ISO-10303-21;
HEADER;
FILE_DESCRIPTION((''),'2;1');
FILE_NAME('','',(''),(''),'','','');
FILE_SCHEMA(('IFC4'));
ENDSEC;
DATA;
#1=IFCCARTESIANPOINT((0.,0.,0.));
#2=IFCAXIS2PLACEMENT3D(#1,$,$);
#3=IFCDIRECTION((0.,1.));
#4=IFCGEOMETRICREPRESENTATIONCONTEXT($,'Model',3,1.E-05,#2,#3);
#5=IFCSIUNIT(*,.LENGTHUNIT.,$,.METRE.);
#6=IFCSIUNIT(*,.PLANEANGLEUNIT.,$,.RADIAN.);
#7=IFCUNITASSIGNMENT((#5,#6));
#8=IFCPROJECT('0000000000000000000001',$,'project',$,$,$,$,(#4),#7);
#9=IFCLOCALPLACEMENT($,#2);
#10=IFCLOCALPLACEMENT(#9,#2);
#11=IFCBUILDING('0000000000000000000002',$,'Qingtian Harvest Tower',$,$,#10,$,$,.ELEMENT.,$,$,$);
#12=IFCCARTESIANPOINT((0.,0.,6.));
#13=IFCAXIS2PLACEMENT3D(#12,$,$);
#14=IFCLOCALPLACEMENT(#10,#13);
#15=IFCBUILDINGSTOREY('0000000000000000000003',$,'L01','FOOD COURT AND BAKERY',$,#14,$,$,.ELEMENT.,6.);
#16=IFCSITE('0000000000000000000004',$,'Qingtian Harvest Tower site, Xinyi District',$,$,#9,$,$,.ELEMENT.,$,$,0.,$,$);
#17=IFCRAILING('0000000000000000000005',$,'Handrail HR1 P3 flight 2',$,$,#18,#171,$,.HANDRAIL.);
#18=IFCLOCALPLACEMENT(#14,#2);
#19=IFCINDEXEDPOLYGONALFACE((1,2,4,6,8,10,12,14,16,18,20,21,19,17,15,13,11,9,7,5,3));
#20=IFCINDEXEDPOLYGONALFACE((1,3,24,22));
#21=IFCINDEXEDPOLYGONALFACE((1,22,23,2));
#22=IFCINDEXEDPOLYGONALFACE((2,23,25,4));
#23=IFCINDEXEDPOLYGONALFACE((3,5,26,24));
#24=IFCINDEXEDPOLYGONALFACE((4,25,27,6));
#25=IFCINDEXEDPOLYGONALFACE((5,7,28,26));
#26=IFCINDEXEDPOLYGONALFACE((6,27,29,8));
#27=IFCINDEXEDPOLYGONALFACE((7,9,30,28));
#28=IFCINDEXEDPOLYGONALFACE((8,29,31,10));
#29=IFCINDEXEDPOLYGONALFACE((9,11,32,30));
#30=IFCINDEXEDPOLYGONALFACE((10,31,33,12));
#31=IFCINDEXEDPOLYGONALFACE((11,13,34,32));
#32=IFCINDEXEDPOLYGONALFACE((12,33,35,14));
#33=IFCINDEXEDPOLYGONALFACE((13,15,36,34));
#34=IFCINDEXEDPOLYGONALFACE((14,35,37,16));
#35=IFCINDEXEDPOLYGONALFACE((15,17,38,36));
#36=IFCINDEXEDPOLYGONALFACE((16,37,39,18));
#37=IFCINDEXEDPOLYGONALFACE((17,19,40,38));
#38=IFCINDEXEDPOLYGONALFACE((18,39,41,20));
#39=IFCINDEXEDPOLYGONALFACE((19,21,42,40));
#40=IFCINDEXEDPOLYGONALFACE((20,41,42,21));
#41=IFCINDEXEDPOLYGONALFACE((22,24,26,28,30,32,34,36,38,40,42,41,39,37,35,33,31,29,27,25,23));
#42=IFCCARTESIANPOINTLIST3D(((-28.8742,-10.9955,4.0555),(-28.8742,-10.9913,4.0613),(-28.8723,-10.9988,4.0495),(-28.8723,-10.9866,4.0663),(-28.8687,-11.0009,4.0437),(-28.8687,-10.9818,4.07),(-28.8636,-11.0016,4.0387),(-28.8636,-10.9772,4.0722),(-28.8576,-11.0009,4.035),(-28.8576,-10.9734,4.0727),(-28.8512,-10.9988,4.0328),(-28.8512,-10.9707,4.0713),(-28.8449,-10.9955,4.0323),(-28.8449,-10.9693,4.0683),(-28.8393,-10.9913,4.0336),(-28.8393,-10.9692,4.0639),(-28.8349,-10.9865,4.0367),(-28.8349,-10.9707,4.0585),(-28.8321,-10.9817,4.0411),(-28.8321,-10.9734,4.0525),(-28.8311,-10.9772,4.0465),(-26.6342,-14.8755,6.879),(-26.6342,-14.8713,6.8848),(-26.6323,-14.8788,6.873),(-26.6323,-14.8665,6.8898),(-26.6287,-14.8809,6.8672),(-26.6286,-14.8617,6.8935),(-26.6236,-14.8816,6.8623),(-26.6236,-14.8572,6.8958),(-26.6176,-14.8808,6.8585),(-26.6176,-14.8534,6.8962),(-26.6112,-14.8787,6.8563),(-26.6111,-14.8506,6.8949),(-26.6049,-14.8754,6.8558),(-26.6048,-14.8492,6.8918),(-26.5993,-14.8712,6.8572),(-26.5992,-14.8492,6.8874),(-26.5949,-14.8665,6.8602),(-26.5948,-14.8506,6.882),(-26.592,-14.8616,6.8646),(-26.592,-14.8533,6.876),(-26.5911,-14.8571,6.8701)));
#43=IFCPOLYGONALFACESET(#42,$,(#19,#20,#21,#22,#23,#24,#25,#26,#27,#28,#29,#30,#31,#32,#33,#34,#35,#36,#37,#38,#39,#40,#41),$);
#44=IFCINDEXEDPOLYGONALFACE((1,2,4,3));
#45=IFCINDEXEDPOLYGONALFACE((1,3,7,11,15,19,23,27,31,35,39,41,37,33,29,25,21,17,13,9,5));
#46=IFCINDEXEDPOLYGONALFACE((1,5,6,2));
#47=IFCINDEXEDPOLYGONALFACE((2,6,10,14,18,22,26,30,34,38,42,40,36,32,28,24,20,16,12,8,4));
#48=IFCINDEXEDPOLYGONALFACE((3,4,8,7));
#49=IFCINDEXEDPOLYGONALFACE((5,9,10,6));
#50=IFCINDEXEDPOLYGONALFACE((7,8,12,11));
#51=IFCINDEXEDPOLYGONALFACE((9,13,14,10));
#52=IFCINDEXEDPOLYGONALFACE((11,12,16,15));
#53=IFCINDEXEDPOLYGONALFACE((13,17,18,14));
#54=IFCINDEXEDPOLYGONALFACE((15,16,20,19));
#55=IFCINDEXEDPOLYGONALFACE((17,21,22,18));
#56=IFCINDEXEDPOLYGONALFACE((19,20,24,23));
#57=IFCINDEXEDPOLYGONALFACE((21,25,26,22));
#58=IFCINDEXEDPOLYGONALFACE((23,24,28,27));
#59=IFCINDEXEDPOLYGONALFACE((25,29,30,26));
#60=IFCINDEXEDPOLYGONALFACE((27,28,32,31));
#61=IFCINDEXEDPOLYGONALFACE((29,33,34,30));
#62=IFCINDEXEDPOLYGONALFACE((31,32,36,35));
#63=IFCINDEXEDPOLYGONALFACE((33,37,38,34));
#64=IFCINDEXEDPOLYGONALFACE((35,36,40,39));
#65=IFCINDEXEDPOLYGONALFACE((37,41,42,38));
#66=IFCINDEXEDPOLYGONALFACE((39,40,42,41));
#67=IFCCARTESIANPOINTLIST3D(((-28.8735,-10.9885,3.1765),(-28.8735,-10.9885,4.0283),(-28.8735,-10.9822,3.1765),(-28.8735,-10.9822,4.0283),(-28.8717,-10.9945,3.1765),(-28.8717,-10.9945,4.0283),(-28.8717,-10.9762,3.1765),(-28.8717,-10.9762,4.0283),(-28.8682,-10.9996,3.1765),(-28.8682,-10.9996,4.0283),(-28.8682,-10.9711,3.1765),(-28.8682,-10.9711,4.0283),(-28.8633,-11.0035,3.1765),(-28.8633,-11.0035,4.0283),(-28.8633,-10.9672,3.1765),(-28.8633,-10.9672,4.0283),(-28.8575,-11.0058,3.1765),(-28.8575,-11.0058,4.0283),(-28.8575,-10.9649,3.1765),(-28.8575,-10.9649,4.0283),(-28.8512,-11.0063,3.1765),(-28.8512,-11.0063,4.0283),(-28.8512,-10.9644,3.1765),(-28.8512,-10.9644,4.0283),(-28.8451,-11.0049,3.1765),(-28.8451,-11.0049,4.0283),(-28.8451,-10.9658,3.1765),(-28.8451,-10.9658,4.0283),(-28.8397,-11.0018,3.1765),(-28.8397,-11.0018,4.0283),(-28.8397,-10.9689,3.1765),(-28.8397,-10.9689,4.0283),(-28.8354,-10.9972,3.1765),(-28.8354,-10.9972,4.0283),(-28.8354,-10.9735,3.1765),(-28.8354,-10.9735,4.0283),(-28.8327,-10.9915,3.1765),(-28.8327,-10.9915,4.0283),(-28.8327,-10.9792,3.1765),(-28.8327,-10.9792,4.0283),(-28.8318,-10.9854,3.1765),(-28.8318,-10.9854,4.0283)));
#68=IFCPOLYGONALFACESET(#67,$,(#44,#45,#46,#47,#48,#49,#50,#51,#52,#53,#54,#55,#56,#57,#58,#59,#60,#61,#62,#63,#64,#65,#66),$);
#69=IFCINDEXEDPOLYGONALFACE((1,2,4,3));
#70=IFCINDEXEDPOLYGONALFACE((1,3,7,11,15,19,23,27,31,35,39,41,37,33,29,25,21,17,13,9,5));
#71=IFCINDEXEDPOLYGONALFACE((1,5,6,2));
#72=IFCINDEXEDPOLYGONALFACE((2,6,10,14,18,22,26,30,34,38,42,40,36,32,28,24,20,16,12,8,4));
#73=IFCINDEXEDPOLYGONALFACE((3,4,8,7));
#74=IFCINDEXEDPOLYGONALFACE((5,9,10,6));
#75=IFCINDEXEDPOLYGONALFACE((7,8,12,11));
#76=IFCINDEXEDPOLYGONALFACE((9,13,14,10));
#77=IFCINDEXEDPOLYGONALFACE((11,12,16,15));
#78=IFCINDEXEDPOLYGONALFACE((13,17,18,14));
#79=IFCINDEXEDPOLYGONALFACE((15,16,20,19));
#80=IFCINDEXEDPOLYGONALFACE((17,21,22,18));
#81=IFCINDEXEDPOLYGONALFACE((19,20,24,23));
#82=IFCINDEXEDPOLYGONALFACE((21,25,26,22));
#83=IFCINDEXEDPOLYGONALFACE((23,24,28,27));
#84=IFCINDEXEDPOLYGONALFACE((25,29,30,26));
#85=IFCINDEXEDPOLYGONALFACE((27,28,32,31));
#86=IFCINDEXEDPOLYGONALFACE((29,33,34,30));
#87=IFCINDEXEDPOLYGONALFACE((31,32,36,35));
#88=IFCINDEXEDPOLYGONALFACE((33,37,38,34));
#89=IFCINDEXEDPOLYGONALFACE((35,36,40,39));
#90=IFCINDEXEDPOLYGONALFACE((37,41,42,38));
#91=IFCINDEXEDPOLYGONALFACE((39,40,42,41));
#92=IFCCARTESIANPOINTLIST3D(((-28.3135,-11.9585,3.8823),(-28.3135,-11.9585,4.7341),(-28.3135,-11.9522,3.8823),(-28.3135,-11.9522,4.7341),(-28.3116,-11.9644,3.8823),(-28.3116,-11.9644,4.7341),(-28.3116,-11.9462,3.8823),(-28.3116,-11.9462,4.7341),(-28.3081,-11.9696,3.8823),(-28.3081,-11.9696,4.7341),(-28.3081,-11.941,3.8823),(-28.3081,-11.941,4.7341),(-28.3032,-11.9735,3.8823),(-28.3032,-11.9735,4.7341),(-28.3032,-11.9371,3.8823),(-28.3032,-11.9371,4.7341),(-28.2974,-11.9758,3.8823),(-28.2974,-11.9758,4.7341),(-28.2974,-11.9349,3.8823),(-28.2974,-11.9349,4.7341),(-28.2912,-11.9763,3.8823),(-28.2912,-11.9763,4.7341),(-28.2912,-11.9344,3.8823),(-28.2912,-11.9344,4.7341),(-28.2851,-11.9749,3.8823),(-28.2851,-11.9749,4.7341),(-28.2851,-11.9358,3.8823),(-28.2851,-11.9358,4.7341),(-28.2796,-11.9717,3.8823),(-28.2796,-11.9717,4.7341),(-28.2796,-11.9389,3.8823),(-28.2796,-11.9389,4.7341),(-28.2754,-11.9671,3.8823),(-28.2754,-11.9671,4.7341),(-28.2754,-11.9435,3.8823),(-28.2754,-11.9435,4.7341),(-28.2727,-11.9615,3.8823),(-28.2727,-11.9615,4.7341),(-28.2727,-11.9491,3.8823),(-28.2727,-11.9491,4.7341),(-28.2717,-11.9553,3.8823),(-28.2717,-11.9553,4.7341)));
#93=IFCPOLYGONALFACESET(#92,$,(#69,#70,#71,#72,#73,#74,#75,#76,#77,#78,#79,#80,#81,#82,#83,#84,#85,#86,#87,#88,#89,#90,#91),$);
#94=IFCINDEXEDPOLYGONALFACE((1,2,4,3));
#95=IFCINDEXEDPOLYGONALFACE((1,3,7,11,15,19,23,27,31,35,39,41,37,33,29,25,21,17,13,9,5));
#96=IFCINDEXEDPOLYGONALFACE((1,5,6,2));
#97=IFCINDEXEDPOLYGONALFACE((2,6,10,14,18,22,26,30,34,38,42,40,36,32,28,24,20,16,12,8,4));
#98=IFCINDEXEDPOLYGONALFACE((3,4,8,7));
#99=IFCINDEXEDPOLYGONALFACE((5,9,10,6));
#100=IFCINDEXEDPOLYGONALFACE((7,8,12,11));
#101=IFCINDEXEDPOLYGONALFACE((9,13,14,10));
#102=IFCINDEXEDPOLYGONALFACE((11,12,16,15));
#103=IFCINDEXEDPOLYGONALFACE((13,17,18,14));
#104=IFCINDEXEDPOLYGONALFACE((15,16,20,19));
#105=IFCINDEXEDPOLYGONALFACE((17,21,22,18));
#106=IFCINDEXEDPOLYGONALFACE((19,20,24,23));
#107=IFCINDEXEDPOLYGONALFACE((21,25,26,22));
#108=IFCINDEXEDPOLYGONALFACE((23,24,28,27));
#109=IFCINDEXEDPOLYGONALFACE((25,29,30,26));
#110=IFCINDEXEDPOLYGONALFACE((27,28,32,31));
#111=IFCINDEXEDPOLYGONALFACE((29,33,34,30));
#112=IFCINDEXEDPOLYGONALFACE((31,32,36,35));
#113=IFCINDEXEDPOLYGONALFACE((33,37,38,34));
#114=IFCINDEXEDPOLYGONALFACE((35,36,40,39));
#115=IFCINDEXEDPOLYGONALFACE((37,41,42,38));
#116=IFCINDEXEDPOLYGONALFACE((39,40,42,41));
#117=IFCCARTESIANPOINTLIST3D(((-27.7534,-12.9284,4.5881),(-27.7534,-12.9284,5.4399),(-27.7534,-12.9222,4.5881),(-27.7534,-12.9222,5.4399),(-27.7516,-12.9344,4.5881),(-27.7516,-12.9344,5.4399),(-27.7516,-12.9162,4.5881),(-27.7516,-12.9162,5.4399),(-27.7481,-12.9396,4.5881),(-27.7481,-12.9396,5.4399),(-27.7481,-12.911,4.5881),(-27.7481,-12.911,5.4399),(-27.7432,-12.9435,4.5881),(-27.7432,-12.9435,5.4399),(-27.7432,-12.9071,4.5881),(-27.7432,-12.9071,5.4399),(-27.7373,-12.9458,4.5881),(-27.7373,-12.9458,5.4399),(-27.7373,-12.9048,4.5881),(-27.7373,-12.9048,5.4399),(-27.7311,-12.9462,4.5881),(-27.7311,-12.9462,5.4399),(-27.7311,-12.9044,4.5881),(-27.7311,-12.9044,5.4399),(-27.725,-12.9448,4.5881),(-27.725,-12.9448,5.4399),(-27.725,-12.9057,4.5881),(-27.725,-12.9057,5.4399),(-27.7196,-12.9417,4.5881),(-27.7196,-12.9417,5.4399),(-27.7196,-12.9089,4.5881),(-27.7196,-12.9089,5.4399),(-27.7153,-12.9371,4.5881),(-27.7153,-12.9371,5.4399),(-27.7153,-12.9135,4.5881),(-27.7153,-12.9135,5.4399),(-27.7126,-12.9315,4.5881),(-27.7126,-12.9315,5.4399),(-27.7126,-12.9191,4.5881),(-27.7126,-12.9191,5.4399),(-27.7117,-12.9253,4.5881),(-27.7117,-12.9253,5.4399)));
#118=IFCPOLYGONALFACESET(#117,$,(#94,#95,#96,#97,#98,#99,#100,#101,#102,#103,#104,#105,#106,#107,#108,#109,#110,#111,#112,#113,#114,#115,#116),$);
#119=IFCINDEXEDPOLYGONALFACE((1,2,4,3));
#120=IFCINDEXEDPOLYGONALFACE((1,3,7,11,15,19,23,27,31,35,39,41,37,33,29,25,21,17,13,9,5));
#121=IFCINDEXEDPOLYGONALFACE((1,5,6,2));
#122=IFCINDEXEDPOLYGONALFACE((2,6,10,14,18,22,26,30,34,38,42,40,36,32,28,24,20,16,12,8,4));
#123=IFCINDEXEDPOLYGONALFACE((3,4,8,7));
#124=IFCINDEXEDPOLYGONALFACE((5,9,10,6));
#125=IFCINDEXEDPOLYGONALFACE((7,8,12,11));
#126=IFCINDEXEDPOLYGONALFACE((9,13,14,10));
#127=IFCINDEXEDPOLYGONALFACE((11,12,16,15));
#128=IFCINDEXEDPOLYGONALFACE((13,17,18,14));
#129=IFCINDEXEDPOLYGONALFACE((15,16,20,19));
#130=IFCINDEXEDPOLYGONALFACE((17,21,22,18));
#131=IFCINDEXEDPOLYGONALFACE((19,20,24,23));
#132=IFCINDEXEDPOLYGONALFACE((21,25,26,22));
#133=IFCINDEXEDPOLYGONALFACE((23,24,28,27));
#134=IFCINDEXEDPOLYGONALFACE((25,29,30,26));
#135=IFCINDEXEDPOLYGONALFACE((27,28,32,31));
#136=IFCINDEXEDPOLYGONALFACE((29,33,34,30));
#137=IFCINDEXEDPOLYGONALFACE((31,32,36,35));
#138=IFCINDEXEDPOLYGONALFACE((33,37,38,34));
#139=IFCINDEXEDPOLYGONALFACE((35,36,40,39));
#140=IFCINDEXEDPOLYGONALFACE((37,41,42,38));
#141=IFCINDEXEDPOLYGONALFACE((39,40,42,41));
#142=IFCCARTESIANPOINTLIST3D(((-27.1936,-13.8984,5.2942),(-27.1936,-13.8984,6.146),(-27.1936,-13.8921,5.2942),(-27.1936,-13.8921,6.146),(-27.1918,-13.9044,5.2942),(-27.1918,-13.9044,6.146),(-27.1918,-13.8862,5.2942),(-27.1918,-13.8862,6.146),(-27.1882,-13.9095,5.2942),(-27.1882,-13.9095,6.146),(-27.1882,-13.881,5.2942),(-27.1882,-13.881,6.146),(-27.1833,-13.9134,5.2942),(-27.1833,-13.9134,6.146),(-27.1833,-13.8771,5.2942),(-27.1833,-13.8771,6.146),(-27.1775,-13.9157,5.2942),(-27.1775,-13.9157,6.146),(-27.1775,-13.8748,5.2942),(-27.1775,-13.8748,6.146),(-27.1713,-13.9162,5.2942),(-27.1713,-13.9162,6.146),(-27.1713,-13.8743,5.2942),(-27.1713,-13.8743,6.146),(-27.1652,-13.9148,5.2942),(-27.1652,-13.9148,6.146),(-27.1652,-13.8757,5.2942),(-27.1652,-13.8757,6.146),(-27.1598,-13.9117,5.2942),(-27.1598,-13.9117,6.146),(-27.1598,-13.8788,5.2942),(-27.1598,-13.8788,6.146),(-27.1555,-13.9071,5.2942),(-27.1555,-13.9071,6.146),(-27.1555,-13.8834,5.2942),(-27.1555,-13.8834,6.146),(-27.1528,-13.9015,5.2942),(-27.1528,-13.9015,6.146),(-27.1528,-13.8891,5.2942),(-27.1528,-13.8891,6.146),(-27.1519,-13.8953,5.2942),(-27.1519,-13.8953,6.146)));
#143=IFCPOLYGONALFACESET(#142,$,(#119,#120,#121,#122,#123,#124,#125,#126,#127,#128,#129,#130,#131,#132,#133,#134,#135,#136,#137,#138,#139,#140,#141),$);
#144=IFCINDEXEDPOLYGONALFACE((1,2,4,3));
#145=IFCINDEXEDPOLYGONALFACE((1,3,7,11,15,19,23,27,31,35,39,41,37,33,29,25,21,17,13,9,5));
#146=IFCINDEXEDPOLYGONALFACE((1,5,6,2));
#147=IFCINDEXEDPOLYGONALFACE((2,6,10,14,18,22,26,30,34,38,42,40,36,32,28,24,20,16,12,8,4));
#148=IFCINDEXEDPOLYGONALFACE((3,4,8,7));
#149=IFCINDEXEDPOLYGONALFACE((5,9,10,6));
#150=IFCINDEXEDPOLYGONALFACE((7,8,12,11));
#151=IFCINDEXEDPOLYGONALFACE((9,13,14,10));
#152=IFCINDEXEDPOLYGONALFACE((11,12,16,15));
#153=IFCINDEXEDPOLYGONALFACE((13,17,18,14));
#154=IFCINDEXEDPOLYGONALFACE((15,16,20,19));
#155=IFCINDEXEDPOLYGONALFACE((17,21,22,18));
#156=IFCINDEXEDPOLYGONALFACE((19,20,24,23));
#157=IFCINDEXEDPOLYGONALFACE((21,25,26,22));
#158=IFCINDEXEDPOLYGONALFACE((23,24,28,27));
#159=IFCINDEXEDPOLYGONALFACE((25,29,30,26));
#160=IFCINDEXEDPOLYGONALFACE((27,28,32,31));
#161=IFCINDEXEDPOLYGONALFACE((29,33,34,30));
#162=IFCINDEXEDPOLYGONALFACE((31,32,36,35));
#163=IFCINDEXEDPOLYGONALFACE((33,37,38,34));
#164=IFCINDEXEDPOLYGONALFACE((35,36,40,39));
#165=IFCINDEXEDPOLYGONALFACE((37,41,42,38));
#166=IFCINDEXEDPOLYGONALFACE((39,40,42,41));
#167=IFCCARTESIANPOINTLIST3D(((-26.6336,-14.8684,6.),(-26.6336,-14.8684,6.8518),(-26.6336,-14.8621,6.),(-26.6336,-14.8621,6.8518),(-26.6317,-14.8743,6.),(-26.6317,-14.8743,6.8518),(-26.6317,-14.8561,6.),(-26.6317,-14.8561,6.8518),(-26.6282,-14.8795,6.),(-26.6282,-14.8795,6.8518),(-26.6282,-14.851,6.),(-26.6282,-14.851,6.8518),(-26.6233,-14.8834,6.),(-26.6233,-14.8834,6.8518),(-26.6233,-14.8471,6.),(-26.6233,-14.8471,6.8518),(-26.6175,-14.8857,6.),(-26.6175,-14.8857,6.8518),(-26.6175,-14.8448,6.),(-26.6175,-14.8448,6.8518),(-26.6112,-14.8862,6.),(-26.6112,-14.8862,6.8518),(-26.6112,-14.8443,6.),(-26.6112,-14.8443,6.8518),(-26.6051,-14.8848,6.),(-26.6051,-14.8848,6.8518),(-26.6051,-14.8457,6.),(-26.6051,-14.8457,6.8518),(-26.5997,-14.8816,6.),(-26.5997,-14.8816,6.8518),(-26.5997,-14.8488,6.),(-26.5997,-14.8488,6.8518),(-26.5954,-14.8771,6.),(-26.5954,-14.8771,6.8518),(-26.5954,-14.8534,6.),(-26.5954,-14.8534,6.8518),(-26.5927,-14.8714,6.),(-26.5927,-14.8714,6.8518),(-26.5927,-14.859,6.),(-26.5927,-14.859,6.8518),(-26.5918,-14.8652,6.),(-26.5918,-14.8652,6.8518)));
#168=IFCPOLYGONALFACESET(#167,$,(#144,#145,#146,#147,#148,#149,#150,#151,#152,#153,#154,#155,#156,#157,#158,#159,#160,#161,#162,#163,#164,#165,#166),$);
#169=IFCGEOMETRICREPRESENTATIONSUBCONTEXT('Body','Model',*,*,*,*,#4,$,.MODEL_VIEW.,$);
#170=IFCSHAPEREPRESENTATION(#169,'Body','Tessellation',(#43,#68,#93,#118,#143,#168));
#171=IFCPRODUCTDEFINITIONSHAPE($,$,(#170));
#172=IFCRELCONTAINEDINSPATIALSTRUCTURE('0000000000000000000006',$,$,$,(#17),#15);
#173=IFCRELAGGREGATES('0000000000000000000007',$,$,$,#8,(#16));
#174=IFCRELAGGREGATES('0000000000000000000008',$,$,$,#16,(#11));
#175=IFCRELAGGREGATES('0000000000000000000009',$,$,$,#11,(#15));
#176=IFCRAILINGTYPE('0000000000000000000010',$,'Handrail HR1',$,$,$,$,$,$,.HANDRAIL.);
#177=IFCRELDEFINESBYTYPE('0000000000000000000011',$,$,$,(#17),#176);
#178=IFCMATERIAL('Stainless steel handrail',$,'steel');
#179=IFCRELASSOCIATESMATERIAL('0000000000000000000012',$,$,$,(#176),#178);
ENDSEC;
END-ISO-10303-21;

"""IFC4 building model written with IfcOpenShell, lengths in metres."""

from ifc_helpers import new_model, si_unit, direction, frame, origin, origin_2d, place, context, subcontext, project, spatial, circle, extrude, material, type_object, element, save


model = new_model("IFC4")

# Units and contexts
model_context = context("Model", 3, precision=1e-05, world=origin(), true_north=direction((0.0, 1.0)))
body_context = subcontext(model_context, "Body", "Model", "MODEL_VIEW")
ifc_project = project(units=[si_unit("LENGTHUNIT", "METRE"), si_unit("PLANEANGLEUNIT", "RADIAN")], contexts=[model_context])

# Site, building, storey
site_placement = place(None, origin())
site = spatial("IfcSite", under=ifc_project, at=site_placement, Name="Qingtian Harvest Tower site, Xinyi District", CompositionType="ELEMENT", RefElevation=0.0)
building_placement = place(site_placement, origin())
building = spatial("IfcBuilding", under=site, at=building_placement, Name="Qingtian Harvest Tower", CompositionType="ELEMENT")
storey_placement = place(building_placement, frame((0.0, 0.0, 6.0)))
storey = spatial("IfcBuildingStorey", under=building, at=storey_placement, Name="L01", Description="FOOD COURT AND BAKERY", CompositionType="ELEMENT", Elevation=6.0)

# Railing
ifc_material_1 = material(Name="Stainless steel handrail", Category="steel")
railing_type = type_object("IfcRailingType", Name="Handrail HR1", PredefinedType="HANDRAIL", material=ifc_material_1)
railing_1_placement = place(storey_placement, frame((-28.8528, -10.9854, 3.1765)))
element("IfcRailing", 1, at=railing_1_placement, inside=storey, type_object=railing_type, Name="Handrail HR1 P3 flight 2", PredefinedType="HANDRAIL", context=body_context, shape_type="SweptSolid", body=[
    extrude(circle(Radius=0.0239, at=origin_2d()), frame((0.0, 0.0, 0.876), z_axis=(0.422993, -0.732665, 0.533178), x_axis=(0.866031, 0.49999, 0.0)), (0.0, 0.0, 1.0), 5.2957),
    extrude(circle(Radius=0.021, at=origin_2d()), origin(), (0.0, 0.0, 1.0), 0.8518),
    extrude(circle(Radius=0.021, at=origin_2d()), frame((0.5601, -0.97, 0.7058)), (0.0, 0.0, 1.0), 0.8518),
    extrude(circle(Radius=0.021, at=origin_2d()), frame((1.1201, -1.9399, 1.4116)), (0.0, 0.0, 1.0), 0.8518),
    extrude(circle(Radius=0.021, at=origin_2d()), frame((1.6799, -2.9099, 2.1177)), (0.0, 0.0, 1.0), 0.8518),
    extrude(circle(Radius=0.021, at=origin_2d()), frame((2.24, -3.8799, 2.8235)), (0.0, 0.0, 1.0), 0.8518),
])

save(model, "model.ifc")
